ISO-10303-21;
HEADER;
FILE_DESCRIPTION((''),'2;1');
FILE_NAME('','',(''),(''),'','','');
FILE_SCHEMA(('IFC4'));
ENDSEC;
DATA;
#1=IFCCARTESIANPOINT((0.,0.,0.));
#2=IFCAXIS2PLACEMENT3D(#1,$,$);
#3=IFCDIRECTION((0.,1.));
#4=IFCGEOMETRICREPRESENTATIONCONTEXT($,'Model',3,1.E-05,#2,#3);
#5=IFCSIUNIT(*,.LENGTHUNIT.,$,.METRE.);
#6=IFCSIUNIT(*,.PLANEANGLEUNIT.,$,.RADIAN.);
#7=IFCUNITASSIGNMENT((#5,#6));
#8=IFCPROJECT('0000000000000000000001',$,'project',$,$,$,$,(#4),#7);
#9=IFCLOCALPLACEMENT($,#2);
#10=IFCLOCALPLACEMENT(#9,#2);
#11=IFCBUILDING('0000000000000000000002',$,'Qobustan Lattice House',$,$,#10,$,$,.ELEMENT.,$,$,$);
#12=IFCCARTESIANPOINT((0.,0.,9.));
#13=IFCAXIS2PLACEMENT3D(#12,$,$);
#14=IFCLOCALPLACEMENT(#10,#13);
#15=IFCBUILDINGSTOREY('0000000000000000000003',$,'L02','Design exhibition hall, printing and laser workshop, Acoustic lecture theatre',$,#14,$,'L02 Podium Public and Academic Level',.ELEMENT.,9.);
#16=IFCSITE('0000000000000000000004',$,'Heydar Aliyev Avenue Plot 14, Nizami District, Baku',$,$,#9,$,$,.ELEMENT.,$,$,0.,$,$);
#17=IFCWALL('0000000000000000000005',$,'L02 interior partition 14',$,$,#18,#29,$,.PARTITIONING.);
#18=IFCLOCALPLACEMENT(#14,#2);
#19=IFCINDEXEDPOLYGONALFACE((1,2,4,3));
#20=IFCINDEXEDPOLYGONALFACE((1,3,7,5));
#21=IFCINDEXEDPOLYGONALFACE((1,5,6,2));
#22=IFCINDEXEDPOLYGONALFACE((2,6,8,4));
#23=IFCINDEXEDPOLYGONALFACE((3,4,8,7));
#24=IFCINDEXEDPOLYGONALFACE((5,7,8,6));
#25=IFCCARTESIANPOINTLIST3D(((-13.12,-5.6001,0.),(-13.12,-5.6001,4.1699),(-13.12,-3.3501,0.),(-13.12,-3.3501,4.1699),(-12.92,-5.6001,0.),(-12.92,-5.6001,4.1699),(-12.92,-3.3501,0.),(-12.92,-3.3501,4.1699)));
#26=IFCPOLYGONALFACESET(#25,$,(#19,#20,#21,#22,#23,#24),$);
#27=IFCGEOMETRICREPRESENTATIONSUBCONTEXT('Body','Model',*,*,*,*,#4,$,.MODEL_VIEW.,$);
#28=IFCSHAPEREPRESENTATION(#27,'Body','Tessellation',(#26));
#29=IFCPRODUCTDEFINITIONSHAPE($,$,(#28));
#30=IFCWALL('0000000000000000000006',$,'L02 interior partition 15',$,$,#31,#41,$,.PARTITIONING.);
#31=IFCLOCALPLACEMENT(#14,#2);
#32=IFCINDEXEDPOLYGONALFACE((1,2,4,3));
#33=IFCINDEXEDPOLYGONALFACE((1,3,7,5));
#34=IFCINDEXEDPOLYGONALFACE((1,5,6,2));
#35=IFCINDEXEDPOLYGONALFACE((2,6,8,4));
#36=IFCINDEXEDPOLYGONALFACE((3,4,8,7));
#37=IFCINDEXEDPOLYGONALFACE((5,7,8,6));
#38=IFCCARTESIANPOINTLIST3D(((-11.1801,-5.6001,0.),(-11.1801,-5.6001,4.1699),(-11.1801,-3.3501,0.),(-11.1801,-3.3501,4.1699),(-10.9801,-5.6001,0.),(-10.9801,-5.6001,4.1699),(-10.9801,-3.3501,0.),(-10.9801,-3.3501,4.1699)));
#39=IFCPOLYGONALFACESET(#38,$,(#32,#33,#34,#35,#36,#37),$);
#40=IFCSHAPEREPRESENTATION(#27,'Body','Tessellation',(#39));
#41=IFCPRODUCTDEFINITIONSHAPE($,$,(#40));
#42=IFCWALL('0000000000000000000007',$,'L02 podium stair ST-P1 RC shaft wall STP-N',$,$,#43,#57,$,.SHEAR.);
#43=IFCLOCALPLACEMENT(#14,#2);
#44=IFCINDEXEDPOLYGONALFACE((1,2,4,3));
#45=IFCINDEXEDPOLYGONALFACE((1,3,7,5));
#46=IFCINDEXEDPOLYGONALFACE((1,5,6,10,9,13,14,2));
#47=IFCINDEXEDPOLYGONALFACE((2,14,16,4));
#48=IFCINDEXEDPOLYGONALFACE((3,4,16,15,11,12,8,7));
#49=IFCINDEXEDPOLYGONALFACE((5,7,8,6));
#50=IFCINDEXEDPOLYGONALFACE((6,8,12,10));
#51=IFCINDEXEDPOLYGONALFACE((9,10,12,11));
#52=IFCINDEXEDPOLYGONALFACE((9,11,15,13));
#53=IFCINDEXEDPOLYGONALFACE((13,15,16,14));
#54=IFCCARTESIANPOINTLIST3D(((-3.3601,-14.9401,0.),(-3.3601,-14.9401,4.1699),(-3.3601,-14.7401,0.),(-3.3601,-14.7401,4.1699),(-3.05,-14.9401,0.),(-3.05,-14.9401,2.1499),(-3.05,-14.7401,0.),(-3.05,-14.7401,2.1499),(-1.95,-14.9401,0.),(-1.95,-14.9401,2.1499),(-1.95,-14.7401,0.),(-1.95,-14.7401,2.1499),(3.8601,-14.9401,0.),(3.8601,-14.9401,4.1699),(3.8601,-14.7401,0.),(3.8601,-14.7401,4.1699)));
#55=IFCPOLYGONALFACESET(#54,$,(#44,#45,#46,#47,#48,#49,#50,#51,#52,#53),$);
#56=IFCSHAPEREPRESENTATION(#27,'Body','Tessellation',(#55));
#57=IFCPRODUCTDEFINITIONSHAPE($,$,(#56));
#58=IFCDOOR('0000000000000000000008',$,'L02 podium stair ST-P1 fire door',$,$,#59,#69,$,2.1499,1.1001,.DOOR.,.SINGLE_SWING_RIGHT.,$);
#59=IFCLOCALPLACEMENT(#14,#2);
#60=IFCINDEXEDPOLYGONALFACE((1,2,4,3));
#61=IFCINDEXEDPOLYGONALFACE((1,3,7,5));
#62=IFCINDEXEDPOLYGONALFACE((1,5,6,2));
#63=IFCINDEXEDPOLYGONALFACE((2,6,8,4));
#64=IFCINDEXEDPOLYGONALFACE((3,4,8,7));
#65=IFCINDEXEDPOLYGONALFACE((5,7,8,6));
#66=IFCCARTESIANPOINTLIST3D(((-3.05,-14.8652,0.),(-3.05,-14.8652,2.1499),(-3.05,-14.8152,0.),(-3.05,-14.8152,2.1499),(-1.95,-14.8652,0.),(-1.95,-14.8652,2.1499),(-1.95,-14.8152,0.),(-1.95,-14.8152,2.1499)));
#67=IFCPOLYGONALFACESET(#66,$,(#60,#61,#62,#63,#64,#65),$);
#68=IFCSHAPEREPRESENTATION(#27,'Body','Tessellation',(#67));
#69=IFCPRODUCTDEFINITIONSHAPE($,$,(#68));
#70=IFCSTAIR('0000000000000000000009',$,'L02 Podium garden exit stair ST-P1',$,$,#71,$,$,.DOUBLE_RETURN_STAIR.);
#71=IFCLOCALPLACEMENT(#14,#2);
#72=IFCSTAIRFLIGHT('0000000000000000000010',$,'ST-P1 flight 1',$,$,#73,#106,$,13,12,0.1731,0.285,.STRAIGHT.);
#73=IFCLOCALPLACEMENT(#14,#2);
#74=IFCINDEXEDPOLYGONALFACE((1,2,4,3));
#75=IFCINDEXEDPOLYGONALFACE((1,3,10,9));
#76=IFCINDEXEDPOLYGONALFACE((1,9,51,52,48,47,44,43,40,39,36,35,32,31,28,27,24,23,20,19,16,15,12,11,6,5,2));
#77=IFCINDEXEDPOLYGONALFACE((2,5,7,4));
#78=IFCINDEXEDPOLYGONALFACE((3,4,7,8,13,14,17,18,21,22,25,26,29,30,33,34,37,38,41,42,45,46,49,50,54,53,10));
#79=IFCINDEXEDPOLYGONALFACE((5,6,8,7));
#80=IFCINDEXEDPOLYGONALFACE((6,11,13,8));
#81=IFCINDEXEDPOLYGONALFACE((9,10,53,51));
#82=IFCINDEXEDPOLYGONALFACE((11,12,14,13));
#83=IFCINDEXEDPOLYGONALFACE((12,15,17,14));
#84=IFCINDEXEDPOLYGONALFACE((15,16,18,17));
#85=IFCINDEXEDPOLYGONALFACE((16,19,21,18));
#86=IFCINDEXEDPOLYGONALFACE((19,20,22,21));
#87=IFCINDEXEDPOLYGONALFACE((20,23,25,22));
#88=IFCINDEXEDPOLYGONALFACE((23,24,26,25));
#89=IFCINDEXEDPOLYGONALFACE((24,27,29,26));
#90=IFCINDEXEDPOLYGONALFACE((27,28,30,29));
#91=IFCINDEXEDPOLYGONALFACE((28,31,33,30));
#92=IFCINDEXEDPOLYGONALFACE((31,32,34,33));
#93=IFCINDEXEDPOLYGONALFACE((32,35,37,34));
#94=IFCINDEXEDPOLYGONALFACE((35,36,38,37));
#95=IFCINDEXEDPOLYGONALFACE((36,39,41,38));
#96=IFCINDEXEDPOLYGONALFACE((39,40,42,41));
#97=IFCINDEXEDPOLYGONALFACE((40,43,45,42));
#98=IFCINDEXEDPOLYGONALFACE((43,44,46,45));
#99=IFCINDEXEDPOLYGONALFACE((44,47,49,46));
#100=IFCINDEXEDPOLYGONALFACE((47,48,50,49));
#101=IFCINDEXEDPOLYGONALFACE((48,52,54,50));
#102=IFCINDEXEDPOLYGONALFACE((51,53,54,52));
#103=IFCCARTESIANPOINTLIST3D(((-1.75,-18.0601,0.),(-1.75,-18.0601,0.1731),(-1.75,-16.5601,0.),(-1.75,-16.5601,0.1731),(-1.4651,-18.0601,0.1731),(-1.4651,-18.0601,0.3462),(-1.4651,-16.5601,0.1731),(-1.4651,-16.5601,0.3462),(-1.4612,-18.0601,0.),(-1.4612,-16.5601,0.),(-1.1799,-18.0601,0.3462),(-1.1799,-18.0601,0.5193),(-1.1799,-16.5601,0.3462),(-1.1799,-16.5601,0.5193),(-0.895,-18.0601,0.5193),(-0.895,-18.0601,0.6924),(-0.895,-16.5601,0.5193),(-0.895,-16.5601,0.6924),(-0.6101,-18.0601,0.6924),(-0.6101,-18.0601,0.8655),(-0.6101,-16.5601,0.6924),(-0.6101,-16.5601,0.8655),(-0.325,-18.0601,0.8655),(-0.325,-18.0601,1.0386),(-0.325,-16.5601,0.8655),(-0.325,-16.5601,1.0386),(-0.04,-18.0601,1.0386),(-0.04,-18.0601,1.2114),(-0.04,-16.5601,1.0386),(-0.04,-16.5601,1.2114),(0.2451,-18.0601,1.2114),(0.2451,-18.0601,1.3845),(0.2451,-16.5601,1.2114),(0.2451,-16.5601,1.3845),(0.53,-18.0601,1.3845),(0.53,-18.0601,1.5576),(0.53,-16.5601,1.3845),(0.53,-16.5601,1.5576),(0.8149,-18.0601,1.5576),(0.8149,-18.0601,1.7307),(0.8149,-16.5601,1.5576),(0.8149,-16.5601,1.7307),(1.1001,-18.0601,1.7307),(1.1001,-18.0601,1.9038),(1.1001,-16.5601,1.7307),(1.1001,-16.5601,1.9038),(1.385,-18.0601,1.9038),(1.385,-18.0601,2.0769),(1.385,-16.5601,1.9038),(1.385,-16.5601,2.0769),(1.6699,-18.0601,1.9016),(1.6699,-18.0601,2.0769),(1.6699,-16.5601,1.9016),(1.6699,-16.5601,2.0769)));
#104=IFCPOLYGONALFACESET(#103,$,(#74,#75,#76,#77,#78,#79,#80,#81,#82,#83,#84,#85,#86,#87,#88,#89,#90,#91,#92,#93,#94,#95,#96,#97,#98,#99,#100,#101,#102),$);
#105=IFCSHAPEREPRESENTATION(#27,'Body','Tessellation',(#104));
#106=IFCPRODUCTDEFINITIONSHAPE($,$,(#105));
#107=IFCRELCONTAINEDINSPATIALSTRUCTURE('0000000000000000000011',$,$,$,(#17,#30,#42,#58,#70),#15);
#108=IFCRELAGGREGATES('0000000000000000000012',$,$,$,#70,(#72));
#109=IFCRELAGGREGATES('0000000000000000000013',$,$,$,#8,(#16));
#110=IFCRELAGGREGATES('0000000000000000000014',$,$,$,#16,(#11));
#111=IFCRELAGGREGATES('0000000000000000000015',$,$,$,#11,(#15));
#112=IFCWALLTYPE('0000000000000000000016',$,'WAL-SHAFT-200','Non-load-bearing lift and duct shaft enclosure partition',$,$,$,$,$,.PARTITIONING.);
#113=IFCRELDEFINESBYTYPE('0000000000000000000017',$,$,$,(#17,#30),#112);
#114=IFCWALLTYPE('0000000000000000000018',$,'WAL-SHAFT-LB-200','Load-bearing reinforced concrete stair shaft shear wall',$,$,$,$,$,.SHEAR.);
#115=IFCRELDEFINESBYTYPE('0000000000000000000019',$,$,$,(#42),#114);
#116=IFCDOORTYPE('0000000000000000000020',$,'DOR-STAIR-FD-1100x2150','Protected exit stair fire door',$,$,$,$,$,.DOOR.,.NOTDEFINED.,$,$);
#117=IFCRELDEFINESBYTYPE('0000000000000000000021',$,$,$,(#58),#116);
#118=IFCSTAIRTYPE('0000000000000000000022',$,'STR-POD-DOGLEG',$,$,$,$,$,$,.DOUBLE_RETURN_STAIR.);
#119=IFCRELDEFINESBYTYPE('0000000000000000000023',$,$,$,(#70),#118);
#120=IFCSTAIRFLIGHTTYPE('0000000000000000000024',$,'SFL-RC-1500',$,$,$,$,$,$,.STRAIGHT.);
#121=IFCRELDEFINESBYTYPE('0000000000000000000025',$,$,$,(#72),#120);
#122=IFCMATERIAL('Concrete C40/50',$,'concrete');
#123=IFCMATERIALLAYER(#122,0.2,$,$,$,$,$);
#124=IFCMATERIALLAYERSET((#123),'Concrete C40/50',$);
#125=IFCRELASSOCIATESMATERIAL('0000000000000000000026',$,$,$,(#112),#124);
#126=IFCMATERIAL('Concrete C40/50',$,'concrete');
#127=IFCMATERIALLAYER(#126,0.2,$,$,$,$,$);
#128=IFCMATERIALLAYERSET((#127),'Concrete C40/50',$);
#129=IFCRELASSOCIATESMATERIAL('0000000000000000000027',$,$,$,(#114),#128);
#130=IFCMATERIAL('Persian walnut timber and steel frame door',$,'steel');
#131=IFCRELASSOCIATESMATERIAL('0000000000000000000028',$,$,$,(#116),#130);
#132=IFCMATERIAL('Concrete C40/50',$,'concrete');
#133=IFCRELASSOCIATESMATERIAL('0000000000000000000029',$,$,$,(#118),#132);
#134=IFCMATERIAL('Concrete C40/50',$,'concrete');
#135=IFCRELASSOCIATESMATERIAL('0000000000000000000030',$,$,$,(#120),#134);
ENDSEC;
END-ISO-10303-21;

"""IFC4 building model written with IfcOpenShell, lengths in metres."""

from ifc_helpers import new_model, si_unit, direction, frame, frame_2d, origin, place, context, subcontext, project, spatial, polyline, rectangle, outline, extrude, material, layer, layer_set, type_object, element, fill, aggregate, save


model = new_model("IFC4")

# Units and contexts
model_context = context("Model", 3, precision=1e-05, world=origin(), true_north=direction((0.0, 1.0)))
body_context = subcontext(model_context, "Body", "Model", "MODEL_VIEW")
ifc_project = project(units=[si_unit("LENGTHUNIT", "METRE"), si_unit("PLANEANGLEUNIT", "RADIAN")], contexts=[model_context])

# Site, building, storey
site_placement = place(None, origin())
site = spatial("IfcSite", under=ifc_project, at=site_placement, Name="Heydar Aliyev Avenue Plot 14, Nizami District, Baku", CompositionType="ELEMENT", RefElevation=0.0)
building_placement = place(site_placement, origin())
building = spatial("IfcBuilding", under=site, at=building_placement, Name="Qobustan Lattice House", CompositionType="ELEMENT")
storey_placement = place(building_placement, frame((0.0, 0.0, 9.0)))
storey = spatial("IfcBuildingStorey", under=building, at=storey_placement, Name="L02", Description="Design exhibition hall, printing and laser workshop, Acoustic lecture theatre", LongName="L02 Podium Public and Academic Level", CompositionType="ELEMENT", Elevation=9.0)

# Shared definitions
ifc_material_1 = material(Name="Concrete C40/50", Category="concrete")
ifc_layer_1 = layer(ifc_material_1, 0.2)
ifc_layer_set_1 = layer_set([ifc_layer_1], Name="Concrete C40/50")
wall_type_1 = type_object("IfcWallType", Name="WAL-SHAFT-200", Description="Non-load-bearing lift and duct shaft enclosure partition", PredefinedType="PARTITIONING", material=ifc_layer_set_1)

# Walls
for number, where, z_axis, x_axis, name in (
    (1, (-13.02, -5.6001, 0.0), (0.0, 0.0, 1.0), (0.0, 1.0, 0.0), "L02 interior partition 14"),
    (2, (-11.0801, -5.6001, 0.0), (0.0, 0.0, 1.0), (0.0, 1.0, 0.0), "L02 interior partition 15"),
):
    element("IfcWall", number, at=place(storey_placement, frame(where, z_axis=z_axis, x_axis=x_axis)), inside=storey, type_object=wall_type_1, Name=name, PredefinedType="PARTITIONING", context=body_context, shape_type="SweptSolid", body=[
        extrude(rectangle(XDim=2.25, YDim=0.2, at=frame_2d((1.125, 0.0))), origin(), (0.0, 0.0, 1.0), 4.1699),
    ])

# Wall, opening, door
ifc_material_2 = material(Name="Concrete C40/50", Category="concrete")
ifc_layer_2 = layer(ifc_material_2, 0.2)
ifc_layer_set_2 = layer_set([ifc_layer_2], Name="Concrete C40/50")
wall_type_2 = type_object("IfcWallType", Name="WAL-SHAFT-LB-200", Description="Load-bearing reinforced concrete stair shaft shear wall", PredefinedType="SHEAR", material=ifc_layer_set_2)
wall_1_placement = place(storey_placement, frame((-3.3601, -14.8401, 0.0), z_axis=(0.0, 0.0, 1.0), x_axis=(1.0, 0.0, 0.0)))
wall_1 = element("IfcWall", 3, at=wall_1_placement, inside=storey, type_object=wall_type_2, Name="L02 podium stair ST-P1 RC shaft wall STP-N", PredefinedType="SHEAR", context=body_context, shape_type="SweptSolid", body=[
    extrude(rectangle(XDim=7.2202, YDim=0.2, at=frame_2d((3.6101, 0.0))), origin(), (0.0, 0.0, 1.0), 4.1699),
])
opening_1_placement = place(wall_1_placement, frame((0.3101, 0.0, 0.0)))
opening_1 = element("IfcOpeningElement", 4, at=opening_1_placement, cuts=wall_1, PredefinedType="OPENING", context=body_context, shape_type="SweptSolid", body=[
    extrude(rectangle(XDim=1.1001, YDim=2.1499, at=frame_2d((0.55, 1.075))), frame((0.0, 0.1099, 0.0), z_axis=(0.0, -1.0, 0.0), x_axis=(1.0, 0.0, 0.0)), (0.0, 0.0, 1.0), 0.22),
])
ifc_material_3 = material(Name="Persian walnut timber and steel frame door", Category="steel")
door_type_1 = type_object("IfcDoorType", Name="DOR-STAIR-FD-1100x2150", Description="Protected exit stair fire door", OperationType="NOTDEFINED", PredefinedType="DOOR", material=ifc_material_3)
door_1_placement = place(opening_1_placement, origin())
door_1 = element("IfcDoor", 5, at=door_1_placement, inside=storey, type_object=door_type_1, Name="L02 podium stair ST-P1 fire door", OperationType="SINGLE_SWING_RIGHT", OverallHeight=2.1499, OverallWidth=1.1001, PredefinedType="DOOR", context=body_context, shape_type="SweptSolid", body=[
    extrude(rectangle(XDim=1.1001, YDim=2.1499, at=frame_2d((0.55, 1.075))), frame((0.0, 0.0249, 0.0), z_axis=(0.0, -1.0, 0.0), x_axis=(1.0, 0.0, 0.0)), (0.0, 0.0, 1.0), 0.05),
])
fill(opening_1, door_1)

# Stair, stair flight
ifc_material_4 = material(Name="Concrete C40/50", Category="concrete")
stair_type = type_object("IfcStairType", Name="STR-POD-DOGLEG", PredefinedType="DOUBLE_RETURN_STAIR", material=ifc_material_4)
stair_placement = place(storey_placement, origin())
stair = element("IfcStair", 6, at=stair_placement, inside=storey, type_object=stair_type, Name="L02 Podium garden exit stair ST-P1", PredefinedType="DOUBLE_RETURN_STAIR")
ifc_material_5 = material(Name="Concrete C40/50", Category="concrete")
stair_flight_type = type_object("IfcStairFlightType", Name="SFL-RC-1500", PredefinedType="STRAIGHT", material=ifc_material_5)
stair_flight_placement = place(storey_placement, frame((-1.75, -17.3101, 0.0), z_axis=(0.0, 0.0, 1.0), x_axis=(1.0, 0.0, 0.0)))
stair_flight = element("IfcStairFlight", 7, at=stair_flight_placement, type_object=stair_flight_type, Name="ST-P1 flight 1", NumberOfRisers=13, NumberOfTreads=12, PredefinedType="STRAIGHT", RiserHeight=0.1731, TreadLength=0.285, context=body_context, shape_type="SweptSolid", body=[
    extrude(outline(polyline([(0.0, 0.0), (0.0, 0.1731), (0.2849, 0.1731), (0.2849, 0.3462), (0.5701, 0.3462), (0.5701, 0.5193), (0.855, 0.5193), (0.855, 0.6924), (1.1399, 0.6924), (1.1399, 0.8655), (1.425, 0.8655), (1.425, 1.0386), (1.71, 1.0386), (1.71, 1.2114), (1.9951, 1.2114), (1.9951, 1.3845), (2.28, 1.3845), (2.28, 1.5576), (2.5649, 1.5576), (2.5649, 1.7307), (2.8501, 1.7307), (2.8501, 1.9038), (3.135, 1.9038), (3.135, 2.0769), (3.4199, 2.0769), (3.4199, 2.25), (3.4199, 1.9016), (0.2888, 0.0), (0.0, 0.0)])), frame((0.0, 0.75, 0.0), z_axis=(0.0, -1.0, 0.0), x_axis=(1.0, 0.0, 0.0)), (0.0, 0.0, 1.0), 1.5),
])
aggregate(stair, [stair_flight])

save(model, "model.ifc")
